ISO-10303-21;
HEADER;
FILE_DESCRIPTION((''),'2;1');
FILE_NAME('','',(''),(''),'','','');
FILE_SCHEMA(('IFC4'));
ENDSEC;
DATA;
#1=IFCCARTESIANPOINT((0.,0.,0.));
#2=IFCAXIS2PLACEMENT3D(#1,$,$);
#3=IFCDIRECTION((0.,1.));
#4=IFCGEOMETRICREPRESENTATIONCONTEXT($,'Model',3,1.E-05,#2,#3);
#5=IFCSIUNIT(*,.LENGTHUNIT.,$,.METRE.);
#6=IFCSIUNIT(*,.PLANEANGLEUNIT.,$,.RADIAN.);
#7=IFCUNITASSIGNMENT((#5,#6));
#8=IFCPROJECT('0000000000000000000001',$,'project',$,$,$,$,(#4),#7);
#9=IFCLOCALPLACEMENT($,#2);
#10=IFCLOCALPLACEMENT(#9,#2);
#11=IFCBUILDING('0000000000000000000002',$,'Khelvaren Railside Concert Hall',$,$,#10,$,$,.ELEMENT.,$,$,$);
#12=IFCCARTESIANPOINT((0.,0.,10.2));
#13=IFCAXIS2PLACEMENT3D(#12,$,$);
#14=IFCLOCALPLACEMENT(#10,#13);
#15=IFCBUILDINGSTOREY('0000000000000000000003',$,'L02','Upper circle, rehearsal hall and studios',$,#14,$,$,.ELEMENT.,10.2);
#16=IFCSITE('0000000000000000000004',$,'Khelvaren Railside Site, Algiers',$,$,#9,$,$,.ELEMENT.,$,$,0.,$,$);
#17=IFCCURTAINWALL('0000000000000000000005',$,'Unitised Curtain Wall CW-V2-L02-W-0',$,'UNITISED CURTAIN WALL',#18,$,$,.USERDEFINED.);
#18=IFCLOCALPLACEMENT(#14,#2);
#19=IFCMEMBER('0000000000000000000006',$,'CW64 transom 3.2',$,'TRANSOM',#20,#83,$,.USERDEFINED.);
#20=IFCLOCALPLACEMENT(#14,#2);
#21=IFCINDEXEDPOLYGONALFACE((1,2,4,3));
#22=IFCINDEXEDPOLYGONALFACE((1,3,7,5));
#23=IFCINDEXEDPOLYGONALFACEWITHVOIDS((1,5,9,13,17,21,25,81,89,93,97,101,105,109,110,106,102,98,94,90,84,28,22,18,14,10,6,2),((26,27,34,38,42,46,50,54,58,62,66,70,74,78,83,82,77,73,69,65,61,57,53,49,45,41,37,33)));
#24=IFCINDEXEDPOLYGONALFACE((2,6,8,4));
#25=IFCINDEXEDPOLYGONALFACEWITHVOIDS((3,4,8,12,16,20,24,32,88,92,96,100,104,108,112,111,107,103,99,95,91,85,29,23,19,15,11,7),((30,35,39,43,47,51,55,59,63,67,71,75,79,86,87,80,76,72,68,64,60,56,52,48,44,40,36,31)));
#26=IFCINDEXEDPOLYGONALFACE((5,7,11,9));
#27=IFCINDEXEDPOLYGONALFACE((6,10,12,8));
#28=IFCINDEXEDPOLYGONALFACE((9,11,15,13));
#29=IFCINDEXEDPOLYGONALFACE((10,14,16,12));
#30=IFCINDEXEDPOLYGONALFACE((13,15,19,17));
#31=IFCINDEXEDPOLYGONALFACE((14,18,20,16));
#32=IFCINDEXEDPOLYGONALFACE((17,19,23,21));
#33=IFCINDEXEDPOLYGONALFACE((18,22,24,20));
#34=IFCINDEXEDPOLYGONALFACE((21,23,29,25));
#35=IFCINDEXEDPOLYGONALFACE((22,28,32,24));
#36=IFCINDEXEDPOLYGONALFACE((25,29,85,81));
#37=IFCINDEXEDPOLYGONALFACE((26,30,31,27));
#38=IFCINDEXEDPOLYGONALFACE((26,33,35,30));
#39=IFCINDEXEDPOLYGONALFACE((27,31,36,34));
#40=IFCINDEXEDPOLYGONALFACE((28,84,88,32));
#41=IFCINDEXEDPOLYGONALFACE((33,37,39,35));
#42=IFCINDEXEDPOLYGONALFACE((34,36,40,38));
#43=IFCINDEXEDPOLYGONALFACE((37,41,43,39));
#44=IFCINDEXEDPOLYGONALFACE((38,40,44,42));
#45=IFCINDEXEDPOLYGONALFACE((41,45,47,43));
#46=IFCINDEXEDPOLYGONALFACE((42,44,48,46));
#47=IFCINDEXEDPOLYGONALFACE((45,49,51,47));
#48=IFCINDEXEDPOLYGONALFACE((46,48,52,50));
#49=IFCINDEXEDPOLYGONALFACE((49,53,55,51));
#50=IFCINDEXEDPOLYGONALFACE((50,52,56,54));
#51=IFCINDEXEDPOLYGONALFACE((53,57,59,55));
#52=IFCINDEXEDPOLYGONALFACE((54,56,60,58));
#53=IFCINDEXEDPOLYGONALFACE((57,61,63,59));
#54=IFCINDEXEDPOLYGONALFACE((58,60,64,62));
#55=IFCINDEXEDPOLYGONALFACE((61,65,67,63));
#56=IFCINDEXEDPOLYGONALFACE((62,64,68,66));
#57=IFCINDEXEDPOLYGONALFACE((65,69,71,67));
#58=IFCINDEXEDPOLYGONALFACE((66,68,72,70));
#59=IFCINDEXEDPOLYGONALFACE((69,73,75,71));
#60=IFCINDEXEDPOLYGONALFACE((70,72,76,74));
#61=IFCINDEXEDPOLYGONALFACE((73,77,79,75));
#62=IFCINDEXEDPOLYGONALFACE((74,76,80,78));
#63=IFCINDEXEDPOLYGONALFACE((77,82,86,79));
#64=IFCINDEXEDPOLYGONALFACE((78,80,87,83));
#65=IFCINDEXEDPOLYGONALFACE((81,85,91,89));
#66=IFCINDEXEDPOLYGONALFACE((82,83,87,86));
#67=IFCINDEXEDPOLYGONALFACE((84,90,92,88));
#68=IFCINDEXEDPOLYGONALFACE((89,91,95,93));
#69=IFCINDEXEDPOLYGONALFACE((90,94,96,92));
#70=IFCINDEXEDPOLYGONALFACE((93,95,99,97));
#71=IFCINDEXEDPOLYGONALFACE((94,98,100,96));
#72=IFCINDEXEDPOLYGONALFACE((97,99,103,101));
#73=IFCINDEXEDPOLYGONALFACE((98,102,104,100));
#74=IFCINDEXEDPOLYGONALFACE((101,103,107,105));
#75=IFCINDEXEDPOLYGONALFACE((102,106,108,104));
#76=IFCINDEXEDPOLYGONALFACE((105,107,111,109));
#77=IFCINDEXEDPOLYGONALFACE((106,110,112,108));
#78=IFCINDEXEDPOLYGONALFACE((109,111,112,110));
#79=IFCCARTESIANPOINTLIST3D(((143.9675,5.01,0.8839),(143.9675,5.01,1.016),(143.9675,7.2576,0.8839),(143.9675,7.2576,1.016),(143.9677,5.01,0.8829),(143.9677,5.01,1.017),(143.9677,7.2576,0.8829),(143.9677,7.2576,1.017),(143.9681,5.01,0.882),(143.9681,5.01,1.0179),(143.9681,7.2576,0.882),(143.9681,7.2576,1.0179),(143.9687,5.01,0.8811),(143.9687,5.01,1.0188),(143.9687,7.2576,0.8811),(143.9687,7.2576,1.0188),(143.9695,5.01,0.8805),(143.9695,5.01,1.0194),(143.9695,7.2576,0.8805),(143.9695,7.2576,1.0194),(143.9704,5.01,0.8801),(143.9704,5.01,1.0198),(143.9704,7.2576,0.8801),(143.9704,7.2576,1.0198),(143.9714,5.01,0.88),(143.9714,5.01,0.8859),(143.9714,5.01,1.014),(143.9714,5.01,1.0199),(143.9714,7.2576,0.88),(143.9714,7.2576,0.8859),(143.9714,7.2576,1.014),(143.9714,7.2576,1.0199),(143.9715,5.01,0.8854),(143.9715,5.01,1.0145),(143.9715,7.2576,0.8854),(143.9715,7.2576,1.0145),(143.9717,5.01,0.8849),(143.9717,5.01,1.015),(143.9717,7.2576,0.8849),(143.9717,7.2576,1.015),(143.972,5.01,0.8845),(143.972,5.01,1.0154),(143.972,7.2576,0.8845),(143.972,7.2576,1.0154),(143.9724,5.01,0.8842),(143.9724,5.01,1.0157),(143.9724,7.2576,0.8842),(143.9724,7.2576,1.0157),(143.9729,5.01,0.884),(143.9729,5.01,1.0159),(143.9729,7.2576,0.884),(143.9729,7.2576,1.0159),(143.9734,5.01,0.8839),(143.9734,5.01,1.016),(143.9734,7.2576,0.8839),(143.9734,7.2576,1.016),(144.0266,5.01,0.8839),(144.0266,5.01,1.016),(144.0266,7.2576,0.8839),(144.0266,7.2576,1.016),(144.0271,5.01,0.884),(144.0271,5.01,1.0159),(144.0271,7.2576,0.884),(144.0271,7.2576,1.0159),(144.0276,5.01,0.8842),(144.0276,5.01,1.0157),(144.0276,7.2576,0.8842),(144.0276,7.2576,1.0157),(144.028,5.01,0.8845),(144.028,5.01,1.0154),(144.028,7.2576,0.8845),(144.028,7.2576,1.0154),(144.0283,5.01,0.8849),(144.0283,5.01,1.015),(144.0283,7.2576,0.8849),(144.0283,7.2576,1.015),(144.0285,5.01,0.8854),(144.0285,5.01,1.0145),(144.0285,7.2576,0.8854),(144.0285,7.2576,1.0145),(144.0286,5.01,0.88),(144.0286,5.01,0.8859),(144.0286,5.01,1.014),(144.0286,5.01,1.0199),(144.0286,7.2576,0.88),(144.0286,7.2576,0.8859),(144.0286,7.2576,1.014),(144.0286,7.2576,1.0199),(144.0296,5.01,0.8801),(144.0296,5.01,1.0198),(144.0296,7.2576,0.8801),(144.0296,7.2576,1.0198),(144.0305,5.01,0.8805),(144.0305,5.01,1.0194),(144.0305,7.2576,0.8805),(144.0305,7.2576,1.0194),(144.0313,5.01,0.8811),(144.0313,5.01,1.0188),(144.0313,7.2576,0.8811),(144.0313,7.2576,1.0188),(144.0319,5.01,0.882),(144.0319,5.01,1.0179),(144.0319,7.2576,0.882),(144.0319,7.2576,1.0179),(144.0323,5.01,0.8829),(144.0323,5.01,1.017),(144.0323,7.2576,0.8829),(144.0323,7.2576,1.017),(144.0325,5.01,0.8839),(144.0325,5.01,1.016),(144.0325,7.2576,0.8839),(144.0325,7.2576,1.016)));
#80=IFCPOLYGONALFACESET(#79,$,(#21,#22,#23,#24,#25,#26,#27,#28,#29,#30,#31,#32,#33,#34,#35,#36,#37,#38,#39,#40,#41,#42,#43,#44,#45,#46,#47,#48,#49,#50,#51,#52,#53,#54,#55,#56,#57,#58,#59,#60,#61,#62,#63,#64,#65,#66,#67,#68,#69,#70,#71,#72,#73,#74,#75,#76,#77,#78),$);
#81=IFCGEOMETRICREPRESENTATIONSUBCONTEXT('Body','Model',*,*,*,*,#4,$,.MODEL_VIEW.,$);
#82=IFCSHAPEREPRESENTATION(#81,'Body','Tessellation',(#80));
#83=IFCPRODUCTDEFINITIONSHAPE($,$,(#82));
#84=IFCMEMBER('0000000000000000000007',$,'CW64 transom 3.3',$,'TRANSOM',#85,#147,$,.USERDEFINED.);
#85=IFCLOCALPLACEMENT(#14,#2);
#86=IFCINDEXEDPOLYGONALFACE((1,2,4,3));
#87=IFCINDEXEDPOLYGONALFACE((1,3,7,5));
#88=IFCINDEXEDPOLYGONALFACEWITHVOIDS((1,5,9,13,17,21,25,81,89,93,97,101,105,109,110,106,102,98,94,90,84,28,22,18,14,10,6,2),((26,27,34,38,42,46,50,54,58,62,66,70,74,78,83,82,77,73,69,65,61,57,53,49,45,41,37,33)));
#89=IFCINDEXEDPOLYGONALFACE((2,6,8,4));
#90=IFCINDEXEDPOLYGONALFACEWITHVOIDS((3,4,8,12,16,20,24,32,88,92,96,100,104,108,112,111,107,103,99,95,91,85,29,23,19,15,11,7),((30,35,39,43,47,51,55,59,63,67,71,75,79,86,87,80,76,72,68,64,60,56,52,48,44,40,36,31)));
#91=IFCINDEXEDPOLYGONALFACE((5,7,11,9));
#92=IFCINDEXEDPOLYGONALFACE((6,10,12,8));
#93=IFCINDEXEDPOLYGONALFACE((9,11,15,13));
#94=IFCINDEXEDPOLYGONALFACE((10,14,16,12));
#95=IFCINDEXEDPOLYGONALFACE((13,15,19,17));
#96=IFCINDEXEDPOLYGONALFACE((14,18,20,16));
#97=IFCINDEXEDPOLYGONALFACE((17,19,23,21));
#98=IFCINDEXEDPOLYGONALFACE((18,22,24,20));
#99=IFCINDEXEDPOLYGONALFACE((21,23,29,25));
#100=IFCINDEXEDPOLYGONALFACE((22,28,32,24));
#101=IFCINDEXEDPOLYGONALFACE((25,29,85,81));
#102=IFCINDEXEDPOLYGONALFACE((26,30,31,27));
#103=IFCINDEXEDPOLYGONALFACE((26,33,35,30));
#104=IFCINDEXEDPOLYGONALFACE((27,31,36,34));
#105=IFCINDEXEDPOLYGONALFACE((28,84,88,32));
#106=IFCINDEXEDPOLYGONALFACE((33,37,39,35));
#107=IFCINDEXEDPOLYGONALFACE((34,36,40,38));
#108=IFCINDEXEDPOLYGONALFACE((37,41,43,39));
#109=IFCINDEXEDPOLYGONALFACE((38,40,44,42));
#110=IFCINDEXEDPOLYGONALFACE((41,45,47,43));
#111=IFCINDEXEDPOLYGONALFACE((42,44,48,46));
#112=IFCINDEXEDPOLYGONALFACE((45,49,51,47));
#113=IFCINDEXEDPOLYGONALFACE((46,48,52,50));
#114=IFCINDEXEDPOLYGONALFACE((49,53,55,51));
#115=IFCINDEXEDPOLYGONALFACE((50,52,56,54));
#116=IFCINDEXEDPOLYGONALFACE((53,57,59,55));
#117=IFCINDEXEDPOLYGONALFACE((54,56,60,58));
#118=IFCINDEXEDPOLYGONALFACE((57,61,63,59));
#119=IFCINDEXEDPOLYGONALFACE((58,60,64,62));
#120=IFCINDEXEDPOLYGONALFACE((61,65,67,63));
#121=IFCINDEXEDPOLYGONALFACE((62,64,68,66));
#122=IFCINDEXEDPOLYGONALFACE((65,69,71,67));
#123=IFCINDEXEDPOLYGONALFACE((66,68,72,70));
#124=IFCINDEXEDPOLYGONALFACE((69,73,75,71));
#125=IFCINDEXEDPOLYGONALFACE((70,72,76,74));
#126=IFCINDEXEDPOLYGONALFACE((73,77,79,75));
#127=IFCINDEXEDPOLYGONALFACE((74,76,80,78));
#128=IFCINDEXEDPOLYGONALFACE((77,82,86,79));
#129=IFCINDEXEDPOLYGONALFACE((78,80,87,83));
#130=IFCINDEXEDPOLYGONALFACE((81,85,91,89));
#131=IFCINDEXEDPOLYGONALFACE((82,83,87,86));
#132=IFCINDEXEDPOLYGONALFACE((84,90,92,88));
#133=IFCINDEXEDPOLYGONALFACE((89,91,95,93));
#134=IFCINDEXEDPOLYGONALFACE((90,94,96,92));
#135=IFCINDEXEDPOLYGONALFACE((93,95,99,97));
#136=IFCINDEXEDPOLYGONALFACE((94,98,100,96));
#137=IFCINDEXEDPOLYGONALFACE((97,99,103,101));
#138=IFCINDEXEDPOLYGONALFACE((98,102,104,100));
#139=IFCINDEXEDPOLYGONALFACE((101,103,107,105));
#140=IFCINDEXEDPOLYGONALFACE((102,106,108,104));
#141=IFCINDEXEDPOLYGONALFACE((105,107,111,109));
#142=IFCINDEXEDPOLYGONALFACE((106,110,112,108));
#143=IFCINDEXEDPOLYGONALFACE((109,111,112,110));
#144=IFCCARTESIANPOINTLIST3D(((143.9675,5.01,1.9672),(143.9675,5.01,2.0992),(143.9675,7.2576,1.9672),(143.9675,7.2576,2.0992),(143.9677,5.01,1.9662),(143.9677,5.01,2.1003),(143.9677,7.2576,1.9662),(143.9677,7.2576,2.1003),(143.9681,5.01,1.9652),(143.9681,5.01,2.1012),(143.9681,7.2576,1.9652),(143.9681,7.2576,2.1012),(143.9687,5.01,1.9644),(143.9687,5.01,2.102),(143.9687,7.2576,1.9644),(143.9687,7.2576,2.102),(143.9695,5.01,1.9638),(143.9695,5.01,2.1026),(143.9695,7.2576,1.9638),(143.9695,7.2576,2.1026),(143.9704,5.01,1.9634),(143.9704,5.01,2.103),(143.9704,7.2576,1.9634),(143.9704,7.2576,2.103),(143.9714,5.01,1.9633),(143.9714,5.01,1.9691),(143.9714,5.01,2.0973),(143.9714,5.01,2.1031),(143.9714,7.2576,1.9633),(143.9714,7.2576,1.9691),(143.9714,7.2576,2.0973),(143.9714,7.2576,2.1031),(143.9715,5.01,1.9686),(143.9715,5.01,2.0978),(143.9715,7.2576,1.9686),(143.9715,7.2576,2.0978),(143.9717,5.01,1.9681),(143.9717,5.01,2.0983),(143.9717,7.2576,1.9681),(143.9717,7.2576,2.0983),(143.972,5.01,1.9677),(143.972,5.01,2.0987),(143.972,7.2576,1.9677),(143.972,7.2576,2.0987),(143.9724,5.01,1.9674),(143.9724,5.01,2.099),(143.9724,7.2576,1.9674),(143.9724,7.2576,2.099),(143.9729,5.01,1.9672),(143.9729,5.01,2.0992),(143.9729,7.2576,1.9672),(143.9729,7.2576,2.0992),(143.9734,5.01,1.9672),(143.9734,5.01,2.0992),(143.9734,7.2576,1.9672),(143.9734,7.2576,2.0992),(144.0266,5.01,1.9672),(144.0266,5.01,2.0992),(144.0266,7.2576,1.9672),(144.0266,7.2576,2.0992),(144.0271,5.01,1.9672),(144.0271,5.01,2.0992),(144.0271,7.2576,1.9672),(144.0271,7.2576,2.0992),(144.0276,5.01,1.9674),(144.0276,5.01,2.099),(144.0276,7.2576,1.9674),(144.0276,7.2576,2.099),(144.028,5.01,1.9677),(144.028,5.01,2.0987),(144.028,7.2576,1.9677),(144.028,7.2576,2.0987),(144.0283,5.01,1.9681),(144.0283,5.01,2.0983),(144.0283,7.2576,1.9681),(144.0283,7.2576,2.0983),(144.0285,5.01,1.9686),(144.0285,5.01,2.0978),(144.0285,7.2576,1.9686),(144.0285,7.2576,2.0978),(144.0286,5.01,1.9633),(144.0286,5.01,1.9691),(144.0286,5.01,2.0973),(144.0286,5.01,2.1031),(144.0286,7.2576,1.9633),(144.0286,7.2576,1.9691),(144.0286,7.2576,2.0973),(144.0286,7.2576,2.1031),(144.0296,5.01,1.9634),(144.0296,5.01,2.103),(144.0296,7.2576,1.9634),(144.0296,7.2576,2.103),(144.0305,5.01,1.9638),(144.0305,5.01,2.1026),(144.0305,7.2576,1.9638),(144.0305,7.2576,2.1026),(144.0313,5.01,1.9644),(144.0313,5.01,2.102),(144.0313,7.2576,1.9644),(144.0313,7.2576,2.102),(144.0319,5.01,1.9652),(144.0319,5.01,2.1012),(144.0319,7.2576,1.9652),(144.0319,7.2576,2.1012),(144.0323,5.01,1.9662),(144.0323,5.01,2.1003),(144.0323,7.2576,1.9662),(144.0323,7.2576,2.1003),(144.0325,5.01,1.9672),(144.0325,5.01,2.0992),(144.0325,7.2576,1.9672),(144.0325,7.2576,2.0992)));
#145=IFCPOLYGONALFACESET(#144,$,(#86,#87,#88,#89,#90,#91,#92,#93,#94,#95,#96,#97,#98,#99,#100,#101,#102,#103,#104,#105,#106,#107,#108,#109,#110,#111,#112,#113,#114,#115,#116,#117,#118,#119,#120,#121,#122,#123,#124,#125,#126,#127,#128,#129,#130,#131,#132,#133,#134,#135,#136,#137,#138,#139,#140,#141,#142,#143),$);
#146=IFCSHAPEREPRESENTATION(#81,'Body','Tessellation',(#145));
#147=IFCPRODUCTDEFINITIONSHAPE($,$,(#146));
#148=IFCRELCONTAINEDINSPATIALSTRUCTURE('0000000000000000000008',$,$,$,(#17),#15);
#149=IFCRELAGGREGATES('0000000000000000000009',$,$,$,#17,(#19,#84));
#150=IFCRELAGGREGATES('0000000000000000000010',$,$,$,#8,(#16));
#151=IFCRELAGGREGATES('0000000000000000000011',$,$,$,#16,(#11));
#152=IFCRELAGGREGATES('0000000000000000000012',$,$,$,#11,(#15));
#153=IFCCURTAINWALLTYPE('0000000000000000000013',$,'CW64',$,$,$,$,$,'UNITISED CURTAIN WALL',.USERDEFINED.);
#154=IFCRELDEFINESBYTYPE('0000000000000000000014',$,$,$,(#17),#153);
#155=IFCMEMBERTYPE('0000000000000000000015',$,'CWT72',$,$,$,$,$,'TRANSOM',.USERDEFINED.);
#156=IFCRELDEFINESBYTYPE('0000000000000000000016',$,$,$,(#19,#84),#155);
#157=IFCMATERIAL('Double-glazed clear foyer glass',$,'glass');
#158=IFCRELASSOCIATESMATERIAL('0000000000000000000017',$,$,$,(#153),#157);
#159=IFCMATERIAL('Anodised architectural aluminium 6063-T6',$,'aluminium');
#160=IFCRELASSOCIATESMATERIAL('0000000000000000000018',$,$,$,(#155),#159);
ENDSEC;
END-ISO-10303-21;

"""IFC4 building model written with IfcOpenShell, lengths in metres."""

from ifc_helpers import new_model, si_unit, direction, frame, origin, origin_2d, place, context, subcontext, project, spatial, hollow_rectangle, extrude, material, material_profile, profile_set, type_object, element, aggregate, save


model = new_model("IFC4")

# Units and contexts
model_context = context("Model", 3, precision=1e-05, world=origin(), true_north=direction((0.0, 1.0)))
body_context = subcontext(model_context, "Body", "Model", "MODEL_VIEW")
ifc_project = project(units=[si_unit("LENGTHUNIT", "METRE"), si_unit("PLANEANGLEUNIT", "RADIAN")], contexts=[model_context])

# Site, building, storey
site_placement = place(None, origin())
site = spatial("IfcSite", under=ifc_project, at=site_placement, Name="Khelvaren Railside Site, Algiers", CompositionType="ELEMENT", RefElevation=0.0)
building_placement = place(site_placement, origin())
building = spatial("IfcBuilding", under=site, at=building_placement, Name="Khelvaren Railside Concert Hall", CompositionType="ELEMENT")
storey_placement = place(building_placement, frame((0.0, 0.0, 10.2)))
storey = spatial("IfcBuildingStorey", under=building, at=storey_placement, Name="L02", Description="Upper circle, rehearsal hall and studios", CompositionType="ELEMENT", Elevation=10.2)

# Curtain wall, members
ifc_material_1 = material(Name="Double-glazed clear foyer glass", Category="glass")
curtain_wall_type = type_object("IfcCurtainWallType", Name="CW64", ElementType="UNITISED CURTAIN WALL", PredefinedType="USERDEFINED", material=ifc_material_1)
curtain_wall_placement = place(storey_placement, origin())
curtain_wall = element("IfcCurtainWall", 1, at=curtain_wall_placement, inside=storey, type_object=curtain_wall_type, Name="Unitised Curtain Wall CW-V2-L02-W-0", ObjectType="UNITISED CURTAIN WALL", PredefinedType="USERDEFINED")
ifc_material_2 = material(Name="Anodised architectural aluminium 6063-T6", Category="aluminium")
ifc_material_profile_1 = material_profile(ifc_material_2, hollow_rectangle(XDim=0.0649, YDim=0.1399, WallThickness=0.0039, InnerFilletRadius=0.002, OuterFilletRadius=0.0039, at=origin_2d()), Name="CWT 65x140x4")
ifc_profile_set_1 = profile_set([ifc_material_profile_1], Name="Anodised architectural aluminium 6063-T6")
member_type_1 = type_object("IfcMemberType", Name="CWT72", ElementType="TRANSOM", PredefinedType="USERDEFINED", material=ifc_profile_set_1)
member_1_placement = place(storey_placement, frame((144.0, 5.01, 0.95), z_axis=(0.0, 1.0, 0.0), x_axis=(-1.0, 0.0, 0.0)))
member_1 = element("IfcMember", 2, at=member_1_placement, type_object=member_type_1, Name="CW64 transom 3.2", ObjectType="TRANSOM", PredefinedType="USERDEFINED", context=body_context, shape_type="SweptSolid", body=[
    extrude(hollow_rectangle(XDim=0.0649, YDim=0.1399, WallThickness=0.0039, InnerFilletRadius=0.002, OuterFilletRadius=0.0039, at=origin_2d()), origin(), (0.0, 0.0, 1.0), 2.2476),
])
member_2_placement = place(storey_placement, frame((144.0, 5.01, 2.0332), z_axis=(0.0, 1.0, 0.0), x_axis=(-1.0, 0.0, 0.0)))
member_2 = element("IfcMember", 3, at=member_2_placement, type_object=member_type_1, Name="CW64 transom 3.3", ObjectType="TRANSOM", PredefinedType="USERDEFINED", context=body_context, shape_type="SweptSolid", body=[
    extrude(hollow_rectangle(XDim=0.0649, YDim=0.1399, WallThickness=0.0039, InnerFilletRadius=0.002, OuterFilletRadius=0.0039, at=origin_2d()), origin(), (0.0, 0.0, 1.0), 2.2476),
])

aggregate(curtain_wall, [member_1, member_2])

save(model, "model.ifc")
